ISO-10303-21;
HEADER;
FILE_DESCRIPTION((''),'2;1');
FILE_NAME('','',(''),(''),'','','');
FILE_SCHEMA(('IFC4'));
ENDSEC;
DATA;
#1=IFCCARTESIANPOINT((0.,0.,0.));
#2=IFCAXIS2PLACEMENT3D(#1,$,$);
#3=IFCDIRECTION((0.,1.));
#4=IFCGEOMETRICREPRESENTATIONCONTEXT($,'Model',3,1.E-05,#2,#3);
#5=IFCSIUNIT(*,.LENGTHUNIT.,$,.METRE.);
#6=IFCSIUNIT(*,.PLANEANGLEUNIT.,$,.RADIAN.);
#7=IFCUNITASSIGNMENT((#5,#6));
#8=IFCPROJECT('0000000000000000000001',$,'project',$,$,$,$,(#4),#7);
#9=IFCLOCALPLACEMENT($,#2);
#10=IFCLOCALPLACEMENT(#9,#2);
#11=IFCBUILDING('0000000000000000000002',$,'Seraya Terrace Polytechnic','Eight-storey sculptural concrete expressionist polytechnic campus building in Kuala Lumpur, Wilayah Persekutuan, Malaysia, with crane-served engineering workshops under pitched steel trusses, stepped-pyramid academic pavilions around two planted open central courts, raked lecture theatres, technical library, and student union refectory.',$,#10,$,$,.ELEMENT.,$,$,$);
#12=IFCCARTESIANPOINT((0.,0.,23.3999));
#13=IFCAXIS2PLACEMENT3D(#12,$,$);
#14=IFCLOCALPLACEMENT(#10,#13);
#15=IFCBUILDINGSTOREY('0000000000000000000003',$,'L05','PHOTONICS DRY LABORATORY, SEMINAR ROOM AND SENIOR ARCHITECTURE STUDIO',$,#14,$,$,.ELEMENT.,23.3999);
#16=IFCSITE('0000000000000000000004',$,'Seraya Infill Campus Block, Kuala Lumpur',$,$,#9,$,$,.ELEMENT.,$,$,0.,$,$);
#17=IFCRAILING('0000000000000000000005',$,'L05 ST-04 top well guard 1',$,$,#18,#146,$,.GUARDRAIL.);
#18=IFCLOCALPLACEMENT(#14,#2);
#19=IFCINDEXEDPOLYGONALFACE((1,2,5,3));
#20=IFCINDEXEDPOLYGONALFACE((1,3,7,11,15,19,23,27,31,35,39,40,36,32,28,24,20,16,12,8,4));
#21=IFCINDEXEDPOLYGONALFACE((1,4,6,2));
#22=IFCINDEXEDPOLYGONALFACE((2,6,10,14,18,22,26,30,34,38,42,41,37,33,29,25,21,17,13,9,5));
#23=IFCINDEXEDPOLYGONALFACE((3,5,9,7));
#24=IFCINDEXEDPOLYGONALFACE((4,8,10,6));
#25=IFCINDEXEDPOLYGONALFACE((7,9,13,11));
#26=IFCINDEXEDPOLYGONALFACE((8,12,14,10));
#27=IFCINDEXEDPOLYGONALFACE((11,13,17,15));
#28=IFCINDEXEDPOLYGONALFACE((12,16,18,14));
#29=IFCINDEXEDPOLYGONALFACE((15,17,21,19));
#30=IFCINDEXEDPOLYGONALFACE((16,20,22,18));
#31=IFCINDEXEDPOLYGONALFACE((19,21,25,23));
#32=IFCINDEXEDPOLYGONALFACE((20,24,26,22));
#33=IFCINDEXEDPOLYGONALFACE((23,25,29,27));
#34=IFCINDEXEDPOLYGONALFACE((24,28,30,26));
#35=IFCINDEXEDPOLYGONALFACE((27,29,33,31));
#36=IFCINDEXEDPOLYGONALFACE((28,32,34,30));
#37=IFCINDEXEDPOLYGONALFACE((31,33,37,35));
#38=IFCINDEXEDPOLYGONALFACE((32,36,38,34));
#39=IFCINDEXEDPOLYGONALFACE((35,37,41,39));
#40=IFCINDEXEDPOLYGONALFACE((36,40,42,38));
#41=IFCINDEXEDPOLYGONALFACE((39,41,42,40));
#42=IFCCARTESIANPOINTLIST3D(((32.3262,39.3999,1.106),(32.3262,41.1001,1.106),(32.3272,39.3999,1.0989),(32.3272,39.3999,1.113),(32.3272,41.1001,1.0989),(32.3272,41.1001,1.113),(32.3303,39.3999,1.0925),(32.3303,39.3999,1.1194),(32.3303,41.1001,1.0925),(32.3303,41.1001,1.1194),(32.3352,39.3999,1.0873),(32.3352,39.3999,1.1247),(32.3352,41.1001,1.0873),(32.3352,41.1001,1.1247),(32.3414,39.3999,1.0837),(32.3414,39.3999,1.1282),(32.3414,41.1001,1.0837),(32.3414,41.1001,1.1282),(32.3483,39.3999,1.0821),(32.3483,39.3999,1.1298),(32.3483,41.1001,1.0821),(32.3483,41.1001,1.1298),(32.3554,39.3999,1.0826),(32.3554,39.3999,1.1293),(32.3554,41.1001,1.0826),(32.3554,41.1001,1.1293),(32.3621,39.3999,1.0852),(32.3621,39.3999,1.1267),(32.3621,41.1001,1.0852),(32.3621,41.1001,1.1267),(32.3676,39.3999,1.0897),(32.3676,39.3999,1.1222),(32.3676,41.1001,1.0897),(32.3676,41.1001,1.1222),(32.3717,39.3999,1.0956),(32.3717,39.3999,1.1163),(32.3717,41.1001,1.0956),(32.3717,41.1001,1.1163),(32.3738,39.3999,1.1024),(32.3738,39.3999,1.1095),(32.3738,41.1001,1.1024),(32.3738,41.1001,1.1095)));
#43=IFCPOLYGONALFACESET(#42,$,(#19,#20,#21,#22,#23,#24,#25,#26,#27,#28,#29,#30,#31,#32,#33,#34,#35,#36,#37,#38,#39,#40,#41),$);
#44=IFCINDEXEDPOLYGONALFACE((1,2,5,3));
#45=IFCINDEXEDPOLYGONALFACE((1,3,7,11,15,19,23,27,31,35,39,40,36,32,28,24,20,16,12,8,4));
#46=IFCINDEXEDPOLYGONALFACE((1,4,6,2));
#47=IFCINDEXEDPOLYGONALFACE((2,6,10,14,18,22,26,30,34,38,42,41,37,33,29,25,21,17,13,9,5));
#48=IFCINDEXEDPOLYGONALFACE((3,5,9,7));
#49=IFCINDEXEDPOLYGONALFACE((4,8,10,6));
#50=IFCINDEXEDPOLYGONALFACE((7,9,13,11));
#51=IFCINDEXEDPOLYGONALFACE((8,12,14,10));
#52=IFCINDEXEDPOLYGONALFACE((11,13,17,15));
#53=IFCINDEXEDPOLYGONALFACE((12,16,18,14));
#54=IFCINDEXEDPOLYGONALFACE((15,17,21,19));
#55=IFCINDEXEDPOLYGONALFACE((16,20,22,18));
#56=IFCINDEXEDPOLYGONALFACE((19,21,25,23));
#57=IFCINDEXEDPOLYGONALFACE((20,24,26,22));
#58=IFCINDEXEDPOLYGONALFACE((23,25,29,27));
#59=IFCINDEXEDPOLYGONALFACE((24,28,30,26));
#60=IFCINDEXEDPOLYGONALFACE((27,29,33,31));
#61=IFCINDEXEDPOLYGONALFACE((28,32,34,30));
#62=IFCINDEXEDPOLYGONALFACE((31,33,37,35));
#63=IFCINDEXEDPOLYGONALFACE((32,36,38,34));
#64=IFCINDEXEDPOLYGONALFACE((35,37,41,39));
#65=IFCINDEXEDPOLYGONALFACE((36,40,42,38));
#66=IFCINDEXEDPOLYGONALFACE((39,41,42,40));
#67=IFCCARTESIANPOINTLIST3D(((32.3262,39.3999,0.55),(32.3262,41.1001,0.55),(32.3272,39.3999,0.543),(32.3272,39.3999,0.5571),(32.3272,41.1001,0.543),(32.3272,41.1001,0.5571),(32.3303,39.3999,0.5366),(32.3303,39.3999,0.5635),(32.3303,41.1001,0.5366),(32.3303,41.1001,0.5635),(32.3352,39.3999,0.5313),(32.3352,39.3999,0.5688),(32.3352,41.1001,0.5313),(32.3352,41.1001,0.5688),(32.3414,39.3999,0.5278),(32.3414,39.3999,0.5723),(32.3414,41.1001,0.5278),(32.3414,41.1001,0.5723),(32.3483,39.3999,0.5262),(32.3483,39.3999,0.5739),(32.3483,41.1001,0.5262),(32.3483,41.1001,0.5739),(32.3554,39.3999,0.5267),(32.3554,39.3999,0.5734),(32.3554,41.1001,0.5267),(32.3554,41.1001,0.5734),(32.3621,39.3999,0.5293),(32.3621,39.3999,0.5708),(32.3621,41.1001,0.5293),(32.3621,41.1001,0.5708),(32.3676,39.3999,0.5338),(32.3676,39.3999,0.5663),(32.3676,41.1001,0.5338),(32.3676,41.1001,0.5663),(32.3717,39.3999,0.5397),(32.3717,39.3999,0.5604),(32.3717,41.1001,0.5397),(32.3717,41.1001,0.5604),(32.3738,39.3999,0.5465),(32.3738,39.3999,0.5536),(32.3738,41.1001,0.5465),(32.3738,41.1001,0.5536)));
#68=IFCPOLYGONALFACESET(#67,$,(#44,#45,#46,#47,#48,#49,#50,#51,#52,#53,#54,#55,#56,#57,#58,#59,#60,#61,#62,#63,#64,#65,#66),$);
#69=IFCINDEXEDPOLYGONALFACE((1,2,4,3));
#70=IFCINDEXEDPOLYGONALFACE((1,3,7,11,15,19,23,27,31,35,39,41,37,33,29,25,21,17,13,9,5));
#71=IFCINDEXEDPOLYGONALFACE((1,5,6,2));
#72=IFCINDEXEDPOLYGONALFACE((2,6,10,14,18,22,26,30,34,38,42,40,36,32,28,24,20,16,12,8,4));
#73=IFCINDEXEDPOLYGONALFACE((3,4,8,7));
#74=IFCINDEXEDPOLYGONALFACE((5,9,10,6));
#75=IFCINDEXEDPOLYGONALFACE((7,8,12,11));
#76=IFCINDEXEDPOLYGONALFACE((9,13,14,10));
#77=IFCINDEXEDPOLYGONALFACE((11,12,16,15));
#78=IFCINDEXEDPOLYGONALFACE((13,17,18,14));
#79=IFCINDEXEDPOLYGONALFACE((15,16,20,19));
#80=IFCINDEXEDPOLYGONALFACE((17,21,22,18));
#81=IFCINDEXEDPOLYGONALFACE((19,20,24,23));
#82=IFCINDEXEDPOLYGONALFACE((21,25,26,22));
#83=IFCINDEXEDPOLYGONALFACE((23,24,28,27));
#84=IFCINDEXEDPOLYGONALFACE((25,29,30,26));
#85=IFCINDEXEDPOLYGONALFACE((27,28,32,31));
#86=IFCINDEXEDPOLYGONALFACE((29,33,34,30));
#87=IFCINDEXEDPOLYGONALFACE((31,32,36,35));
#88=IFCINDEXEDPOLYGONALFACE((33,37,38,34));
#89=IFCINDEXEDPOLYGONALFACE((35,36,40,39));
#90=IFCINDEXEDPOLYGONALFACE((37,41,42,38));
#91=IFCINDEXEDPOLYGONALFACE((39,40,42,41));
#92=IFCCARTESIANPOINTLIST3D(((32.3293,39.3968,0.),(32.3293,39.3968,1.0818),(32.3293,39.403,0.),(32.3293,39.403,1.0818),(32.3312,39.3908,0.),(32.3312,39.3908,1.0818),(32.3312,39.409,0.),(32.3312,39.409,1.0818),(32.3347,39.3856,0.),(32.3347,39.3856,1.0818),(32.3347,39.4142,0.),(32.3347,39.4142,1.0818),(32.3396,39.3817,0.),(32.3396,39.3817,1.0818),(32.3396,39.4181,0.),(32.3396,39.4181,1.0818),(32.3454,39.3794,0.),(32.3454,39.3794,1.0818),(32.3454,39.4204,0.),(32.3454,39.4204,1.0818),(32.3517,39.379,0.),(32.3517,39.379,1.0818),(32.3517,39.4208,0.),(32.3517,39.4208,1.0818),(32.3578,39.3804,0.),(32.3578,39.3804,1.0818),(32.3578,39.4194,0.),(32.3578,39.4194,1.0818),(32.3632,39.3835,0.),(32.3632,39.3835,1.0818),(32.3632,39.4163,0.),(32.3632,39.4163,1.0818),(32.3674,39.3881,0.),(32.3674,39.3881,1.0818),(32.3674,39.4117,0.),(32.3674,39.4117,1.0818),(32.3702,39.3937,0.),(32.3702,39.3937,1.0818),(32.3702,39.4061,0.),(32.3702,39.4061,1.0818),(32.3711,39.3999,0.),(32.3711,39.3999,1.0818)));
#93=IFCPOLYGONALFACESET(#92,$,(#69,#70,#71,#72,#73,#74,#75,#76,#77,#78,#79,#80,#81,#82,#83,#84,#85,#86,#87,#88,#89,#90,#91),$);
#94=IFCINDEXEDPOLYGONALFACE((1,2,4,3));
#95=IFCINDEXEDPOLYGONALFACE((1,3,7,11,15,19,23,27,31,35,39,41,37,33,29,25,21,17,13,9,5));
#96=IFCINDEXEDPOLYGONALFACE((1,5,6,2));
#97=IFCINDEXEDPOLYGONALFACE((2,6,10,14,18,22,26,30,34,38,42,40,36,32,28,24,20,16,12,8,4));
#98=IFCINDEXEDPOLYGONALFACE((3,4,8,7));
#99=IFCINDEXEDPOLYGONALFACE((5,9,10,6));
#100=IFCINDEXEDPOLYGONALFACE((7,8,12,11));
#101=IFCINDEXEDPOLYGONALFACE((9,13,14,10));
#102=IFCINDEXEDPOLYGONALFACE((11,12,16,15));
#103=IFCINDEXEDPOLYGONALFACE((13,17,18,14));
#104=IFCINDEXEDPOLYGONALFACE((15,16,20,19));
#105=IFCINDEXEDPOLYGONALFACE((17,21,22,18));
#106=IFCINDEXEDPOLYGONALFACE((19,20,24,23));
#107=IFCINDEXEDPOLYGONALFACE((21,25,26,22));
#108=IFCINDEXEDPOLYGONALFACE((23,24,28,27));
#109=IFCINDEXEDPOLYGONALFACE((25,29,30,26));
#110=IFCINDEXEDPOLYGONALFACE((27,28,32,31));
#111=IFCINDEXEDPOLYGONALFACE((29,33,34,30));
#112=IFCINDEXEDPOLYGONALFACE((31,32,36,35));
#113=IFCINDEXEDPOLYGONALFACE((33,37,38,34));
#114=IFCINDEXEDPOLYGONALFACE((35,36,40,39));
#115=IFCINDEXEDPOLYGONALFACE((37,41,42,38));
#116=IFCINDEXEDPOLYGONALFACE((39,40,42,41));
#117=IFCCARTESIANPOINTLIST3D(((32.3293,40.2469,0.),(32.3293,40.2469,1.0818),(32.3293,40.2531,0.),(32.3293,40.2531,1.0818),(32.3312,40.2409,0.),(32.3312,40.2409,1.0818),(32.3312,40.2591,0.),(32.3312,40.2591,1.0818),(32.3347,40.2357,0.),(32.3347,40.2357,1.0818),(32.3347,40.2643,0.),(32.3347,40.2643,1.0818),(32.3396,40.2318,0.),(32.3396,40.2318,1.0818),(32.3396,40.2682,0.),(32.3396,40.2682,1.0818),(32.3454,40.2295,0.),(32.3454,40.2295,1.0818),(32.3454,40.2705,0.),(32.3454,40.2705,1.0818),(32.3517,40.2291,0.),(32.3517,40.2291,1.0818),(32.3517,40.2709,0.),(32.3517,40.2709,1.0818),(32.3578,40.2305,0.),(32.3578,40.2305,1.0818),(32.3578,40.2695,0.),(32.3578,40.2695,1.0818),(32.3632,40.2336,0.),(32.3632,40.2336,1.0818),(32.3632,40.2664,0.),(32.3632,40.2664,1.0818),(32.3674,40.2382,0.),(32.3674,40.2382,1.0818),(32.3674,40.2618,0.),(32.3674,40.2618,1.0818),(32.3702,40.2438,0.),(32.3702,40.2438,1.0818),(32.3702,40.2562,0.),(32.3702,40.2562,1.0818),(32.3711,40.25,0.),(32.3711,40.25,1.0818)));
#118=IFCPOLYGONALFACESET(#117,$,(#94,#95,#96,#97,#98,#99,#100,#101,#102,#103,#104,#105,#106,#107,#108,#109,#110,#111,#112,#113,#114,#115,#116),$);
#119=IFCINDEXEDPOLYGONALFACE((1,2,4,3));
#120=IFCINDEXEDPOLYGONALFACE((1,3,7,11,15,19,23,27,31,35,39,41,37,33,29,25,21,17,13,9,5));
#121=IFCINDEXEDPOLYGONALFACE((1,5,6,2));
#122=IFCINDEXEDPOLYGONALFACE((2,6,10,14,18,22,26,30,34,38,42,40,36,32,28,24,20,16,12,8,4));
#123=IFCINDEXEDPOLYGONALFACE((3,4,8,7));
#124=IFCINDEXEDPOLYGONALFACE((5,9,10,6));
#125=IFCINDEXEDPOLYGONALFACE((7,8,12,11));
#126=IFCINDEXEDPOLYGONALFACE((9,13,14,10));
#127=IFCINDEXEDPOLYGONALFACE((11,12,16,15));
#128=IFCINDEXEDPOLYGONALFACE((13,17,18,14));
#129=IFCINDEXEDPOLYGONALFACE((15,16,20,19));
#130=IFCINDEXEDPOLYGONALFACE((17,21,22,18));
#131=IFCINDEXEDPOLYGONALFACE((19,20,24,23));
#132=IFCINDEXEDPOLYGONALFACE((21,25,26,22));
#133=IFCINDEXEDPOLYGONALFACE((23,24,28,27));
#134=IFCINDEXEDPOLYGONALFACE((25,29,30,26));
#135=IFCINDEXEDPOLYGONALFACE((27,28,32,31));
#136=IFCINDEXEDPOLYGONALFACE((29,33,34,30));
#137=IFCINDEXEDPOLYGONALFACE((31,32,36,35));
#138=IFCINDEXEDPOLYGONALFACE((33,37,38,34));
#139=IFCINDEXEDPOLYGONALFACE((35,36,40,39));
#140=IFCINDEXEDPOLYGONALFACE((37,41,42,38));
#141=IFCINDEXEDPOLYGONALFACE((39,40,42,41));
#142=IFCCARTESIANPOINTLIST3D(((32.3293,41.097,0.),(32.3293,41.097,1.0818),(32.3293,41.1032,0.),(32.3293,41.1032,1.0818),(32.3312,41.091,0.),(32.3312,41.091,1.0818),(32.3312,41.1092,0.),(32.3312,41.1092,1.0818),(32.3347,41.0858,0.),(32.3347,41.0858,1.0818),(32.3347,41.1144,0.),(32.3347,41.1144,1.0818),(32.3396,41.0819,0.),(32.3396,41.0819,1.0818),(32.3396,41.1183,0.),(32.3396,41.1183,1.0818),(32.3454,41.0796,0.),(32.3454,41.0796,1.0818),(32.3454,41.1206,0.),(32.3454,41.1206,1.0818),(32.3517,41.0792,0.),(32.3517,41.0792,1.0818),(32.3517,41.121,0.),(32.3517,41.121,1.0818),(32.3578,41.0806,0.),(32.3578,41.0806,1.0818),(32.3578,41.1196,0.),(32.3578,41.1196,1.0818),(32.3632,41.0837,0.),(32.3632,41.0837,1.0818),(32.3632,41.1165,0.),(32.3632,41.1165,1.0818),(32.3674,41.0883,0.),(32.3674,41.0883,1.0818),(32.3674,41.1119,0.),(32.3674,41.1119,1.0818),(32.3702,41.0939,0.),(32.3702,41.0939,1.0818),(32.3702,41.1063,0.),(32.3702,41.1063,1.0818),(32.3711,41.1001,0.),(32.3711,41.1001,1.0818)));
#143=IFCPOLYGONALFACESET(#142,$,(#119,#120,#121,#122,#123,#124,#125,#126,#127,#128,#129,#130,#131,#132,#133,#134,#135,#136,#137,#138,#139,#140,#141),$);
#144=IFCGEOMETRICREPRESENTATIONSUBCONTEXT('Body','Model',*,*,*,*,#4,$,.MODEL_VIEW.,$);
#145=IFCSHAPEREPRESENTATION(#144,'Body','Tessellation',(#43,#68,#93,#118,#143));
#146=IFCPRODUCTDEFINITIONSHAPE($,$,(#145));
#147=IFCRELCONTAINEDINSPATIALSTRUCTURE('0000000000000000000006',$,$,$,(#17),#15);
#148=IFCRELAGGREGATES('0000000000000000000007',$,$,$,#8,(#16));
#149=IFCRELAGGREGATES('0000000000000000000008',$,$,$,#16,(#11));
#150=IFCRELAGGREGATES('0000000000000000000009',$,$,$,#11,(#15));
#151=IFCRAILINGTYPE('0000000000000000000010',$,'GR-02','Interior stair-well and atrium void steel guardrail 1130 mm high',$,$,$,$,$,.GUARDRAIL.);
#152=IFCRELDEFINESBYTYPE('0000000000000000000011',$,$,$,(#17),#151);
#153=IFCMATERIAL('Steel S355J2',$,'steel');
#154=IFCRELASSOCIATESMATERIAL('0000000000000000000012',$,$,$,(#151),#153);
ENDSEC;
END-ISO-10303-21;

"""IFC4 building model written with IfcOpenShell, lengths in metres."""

from ifc_helpers import new_model, si_unit, direction, frame, origin, origin_2d, place, context, subcontext, project, spatial, circle, extrude, material, type_object, element, save


model = new_model("IFC4")

# Units and contexts
model_context = context("Model", 3, precision=1e-05, world=origin(), true_north=direction((0.0, 1.0)))
body_context = subcontext(model_context, "Body", "Model", "MODEL_VIEW")
ifc_project = project(units=[si_unit("LENGTHUNIT", "METRE"), si_unit("PLANEANGLEUNIT", "RADIAN")], contexts=[model_context])

# Site, building, storey
site_placement = place(None, origin())
site = spatial("IfcSite", under=ifc_project, at=site_placement, Name="Seraya Infill Campus Block, Kuala Lumpur", CompositionType="ELEMENT", RefElevation=0.0)
building_placement = place(site_placement, origin())
building = spatial("IfcBuilding", under=site, at=building_placement, Name="Seraya Terrace Polytechnic", Description="Eight-storey sculptural concrete expressionist polytechnic campus building in Kuala Lumpur, Wilayah Persekutuan, Malaysia, with crane-served engineering workshops under pitched steel trusses, stepped-pyramid academic pavilions around two planted open central courts, raked lecture theatres, technical library, and student union refectory.", CompositionType="ELEMENT")
storey_placement = place(building_placement, frame((0.0, 0.0, 23.3999)))
storey = spatial("IfcBuildingStorey", under=building, at=storey_placement, Name="L05", Description="PHOTONICS DRY LABORATORY, SEMINAR ROOM AND SENIOR ARCHITECTURE STUDIO", CompositionType="ELEMENT", Elevation=23.3999)

# Shared definitions
ifc_material_1 = material(Name="Steel S355J2", Category="steel")

# Railing
railing_type_1 = type_object("IfcRailingType", Name="GR-02", Description="Interior stair-well and atrium void steel guardrail 1130 mm high", PredefinedType="GUARDRAIL", material=ifc_material_1)
railing_1_placement = place(storey_placement, frame((32.3501, 39.3999, 0.0)))
element("IfcRailing", 1, at=railing_1_placement, inside=storey, type_object=railing_type_1, Name="L05 ST-04 top well guard 1", PredefinedType="GUARDRAIL", context=body_context, shape_type="SweptSolid", body=[
    extrude(circle(Radius=0.0239, at=origin_2d()), frame((0.0, 0.0, 1.106), z_axis=(0.0, 1.0, 0.0), x_axis=(-1.0, 0.0, 0.0)), (0.0, 0.0, 1.0), 1.7002),
    extrude(circle(Radius=0.0239, at=origin_2d()), frame((0.0, 0.0, 0.55), z_axis=(0.0, 1.0, 0.0), x_axis=(-1.0, 0.0, 0.0)), (0.0, 0.0, 1.0), 1.7002),
    extrude(circle(Radius=0.021, at=origin_2d()), origin(), (0.0, 0.0, 1.0), 1.0818),
    extrude(circle(Radius=0.021, at=origin_2d()), frame((0.0, 0.8501, 0.0)), (0.0, 0.0, 1.0), 1.0818),
    extrude(circle(Radius=0.021, at=origin_2d()), frame((0.0, 1.7002, 0.0)), (0.0, 0.0, 1.0), 1.0818),
])

save(model, "model.ifc")
